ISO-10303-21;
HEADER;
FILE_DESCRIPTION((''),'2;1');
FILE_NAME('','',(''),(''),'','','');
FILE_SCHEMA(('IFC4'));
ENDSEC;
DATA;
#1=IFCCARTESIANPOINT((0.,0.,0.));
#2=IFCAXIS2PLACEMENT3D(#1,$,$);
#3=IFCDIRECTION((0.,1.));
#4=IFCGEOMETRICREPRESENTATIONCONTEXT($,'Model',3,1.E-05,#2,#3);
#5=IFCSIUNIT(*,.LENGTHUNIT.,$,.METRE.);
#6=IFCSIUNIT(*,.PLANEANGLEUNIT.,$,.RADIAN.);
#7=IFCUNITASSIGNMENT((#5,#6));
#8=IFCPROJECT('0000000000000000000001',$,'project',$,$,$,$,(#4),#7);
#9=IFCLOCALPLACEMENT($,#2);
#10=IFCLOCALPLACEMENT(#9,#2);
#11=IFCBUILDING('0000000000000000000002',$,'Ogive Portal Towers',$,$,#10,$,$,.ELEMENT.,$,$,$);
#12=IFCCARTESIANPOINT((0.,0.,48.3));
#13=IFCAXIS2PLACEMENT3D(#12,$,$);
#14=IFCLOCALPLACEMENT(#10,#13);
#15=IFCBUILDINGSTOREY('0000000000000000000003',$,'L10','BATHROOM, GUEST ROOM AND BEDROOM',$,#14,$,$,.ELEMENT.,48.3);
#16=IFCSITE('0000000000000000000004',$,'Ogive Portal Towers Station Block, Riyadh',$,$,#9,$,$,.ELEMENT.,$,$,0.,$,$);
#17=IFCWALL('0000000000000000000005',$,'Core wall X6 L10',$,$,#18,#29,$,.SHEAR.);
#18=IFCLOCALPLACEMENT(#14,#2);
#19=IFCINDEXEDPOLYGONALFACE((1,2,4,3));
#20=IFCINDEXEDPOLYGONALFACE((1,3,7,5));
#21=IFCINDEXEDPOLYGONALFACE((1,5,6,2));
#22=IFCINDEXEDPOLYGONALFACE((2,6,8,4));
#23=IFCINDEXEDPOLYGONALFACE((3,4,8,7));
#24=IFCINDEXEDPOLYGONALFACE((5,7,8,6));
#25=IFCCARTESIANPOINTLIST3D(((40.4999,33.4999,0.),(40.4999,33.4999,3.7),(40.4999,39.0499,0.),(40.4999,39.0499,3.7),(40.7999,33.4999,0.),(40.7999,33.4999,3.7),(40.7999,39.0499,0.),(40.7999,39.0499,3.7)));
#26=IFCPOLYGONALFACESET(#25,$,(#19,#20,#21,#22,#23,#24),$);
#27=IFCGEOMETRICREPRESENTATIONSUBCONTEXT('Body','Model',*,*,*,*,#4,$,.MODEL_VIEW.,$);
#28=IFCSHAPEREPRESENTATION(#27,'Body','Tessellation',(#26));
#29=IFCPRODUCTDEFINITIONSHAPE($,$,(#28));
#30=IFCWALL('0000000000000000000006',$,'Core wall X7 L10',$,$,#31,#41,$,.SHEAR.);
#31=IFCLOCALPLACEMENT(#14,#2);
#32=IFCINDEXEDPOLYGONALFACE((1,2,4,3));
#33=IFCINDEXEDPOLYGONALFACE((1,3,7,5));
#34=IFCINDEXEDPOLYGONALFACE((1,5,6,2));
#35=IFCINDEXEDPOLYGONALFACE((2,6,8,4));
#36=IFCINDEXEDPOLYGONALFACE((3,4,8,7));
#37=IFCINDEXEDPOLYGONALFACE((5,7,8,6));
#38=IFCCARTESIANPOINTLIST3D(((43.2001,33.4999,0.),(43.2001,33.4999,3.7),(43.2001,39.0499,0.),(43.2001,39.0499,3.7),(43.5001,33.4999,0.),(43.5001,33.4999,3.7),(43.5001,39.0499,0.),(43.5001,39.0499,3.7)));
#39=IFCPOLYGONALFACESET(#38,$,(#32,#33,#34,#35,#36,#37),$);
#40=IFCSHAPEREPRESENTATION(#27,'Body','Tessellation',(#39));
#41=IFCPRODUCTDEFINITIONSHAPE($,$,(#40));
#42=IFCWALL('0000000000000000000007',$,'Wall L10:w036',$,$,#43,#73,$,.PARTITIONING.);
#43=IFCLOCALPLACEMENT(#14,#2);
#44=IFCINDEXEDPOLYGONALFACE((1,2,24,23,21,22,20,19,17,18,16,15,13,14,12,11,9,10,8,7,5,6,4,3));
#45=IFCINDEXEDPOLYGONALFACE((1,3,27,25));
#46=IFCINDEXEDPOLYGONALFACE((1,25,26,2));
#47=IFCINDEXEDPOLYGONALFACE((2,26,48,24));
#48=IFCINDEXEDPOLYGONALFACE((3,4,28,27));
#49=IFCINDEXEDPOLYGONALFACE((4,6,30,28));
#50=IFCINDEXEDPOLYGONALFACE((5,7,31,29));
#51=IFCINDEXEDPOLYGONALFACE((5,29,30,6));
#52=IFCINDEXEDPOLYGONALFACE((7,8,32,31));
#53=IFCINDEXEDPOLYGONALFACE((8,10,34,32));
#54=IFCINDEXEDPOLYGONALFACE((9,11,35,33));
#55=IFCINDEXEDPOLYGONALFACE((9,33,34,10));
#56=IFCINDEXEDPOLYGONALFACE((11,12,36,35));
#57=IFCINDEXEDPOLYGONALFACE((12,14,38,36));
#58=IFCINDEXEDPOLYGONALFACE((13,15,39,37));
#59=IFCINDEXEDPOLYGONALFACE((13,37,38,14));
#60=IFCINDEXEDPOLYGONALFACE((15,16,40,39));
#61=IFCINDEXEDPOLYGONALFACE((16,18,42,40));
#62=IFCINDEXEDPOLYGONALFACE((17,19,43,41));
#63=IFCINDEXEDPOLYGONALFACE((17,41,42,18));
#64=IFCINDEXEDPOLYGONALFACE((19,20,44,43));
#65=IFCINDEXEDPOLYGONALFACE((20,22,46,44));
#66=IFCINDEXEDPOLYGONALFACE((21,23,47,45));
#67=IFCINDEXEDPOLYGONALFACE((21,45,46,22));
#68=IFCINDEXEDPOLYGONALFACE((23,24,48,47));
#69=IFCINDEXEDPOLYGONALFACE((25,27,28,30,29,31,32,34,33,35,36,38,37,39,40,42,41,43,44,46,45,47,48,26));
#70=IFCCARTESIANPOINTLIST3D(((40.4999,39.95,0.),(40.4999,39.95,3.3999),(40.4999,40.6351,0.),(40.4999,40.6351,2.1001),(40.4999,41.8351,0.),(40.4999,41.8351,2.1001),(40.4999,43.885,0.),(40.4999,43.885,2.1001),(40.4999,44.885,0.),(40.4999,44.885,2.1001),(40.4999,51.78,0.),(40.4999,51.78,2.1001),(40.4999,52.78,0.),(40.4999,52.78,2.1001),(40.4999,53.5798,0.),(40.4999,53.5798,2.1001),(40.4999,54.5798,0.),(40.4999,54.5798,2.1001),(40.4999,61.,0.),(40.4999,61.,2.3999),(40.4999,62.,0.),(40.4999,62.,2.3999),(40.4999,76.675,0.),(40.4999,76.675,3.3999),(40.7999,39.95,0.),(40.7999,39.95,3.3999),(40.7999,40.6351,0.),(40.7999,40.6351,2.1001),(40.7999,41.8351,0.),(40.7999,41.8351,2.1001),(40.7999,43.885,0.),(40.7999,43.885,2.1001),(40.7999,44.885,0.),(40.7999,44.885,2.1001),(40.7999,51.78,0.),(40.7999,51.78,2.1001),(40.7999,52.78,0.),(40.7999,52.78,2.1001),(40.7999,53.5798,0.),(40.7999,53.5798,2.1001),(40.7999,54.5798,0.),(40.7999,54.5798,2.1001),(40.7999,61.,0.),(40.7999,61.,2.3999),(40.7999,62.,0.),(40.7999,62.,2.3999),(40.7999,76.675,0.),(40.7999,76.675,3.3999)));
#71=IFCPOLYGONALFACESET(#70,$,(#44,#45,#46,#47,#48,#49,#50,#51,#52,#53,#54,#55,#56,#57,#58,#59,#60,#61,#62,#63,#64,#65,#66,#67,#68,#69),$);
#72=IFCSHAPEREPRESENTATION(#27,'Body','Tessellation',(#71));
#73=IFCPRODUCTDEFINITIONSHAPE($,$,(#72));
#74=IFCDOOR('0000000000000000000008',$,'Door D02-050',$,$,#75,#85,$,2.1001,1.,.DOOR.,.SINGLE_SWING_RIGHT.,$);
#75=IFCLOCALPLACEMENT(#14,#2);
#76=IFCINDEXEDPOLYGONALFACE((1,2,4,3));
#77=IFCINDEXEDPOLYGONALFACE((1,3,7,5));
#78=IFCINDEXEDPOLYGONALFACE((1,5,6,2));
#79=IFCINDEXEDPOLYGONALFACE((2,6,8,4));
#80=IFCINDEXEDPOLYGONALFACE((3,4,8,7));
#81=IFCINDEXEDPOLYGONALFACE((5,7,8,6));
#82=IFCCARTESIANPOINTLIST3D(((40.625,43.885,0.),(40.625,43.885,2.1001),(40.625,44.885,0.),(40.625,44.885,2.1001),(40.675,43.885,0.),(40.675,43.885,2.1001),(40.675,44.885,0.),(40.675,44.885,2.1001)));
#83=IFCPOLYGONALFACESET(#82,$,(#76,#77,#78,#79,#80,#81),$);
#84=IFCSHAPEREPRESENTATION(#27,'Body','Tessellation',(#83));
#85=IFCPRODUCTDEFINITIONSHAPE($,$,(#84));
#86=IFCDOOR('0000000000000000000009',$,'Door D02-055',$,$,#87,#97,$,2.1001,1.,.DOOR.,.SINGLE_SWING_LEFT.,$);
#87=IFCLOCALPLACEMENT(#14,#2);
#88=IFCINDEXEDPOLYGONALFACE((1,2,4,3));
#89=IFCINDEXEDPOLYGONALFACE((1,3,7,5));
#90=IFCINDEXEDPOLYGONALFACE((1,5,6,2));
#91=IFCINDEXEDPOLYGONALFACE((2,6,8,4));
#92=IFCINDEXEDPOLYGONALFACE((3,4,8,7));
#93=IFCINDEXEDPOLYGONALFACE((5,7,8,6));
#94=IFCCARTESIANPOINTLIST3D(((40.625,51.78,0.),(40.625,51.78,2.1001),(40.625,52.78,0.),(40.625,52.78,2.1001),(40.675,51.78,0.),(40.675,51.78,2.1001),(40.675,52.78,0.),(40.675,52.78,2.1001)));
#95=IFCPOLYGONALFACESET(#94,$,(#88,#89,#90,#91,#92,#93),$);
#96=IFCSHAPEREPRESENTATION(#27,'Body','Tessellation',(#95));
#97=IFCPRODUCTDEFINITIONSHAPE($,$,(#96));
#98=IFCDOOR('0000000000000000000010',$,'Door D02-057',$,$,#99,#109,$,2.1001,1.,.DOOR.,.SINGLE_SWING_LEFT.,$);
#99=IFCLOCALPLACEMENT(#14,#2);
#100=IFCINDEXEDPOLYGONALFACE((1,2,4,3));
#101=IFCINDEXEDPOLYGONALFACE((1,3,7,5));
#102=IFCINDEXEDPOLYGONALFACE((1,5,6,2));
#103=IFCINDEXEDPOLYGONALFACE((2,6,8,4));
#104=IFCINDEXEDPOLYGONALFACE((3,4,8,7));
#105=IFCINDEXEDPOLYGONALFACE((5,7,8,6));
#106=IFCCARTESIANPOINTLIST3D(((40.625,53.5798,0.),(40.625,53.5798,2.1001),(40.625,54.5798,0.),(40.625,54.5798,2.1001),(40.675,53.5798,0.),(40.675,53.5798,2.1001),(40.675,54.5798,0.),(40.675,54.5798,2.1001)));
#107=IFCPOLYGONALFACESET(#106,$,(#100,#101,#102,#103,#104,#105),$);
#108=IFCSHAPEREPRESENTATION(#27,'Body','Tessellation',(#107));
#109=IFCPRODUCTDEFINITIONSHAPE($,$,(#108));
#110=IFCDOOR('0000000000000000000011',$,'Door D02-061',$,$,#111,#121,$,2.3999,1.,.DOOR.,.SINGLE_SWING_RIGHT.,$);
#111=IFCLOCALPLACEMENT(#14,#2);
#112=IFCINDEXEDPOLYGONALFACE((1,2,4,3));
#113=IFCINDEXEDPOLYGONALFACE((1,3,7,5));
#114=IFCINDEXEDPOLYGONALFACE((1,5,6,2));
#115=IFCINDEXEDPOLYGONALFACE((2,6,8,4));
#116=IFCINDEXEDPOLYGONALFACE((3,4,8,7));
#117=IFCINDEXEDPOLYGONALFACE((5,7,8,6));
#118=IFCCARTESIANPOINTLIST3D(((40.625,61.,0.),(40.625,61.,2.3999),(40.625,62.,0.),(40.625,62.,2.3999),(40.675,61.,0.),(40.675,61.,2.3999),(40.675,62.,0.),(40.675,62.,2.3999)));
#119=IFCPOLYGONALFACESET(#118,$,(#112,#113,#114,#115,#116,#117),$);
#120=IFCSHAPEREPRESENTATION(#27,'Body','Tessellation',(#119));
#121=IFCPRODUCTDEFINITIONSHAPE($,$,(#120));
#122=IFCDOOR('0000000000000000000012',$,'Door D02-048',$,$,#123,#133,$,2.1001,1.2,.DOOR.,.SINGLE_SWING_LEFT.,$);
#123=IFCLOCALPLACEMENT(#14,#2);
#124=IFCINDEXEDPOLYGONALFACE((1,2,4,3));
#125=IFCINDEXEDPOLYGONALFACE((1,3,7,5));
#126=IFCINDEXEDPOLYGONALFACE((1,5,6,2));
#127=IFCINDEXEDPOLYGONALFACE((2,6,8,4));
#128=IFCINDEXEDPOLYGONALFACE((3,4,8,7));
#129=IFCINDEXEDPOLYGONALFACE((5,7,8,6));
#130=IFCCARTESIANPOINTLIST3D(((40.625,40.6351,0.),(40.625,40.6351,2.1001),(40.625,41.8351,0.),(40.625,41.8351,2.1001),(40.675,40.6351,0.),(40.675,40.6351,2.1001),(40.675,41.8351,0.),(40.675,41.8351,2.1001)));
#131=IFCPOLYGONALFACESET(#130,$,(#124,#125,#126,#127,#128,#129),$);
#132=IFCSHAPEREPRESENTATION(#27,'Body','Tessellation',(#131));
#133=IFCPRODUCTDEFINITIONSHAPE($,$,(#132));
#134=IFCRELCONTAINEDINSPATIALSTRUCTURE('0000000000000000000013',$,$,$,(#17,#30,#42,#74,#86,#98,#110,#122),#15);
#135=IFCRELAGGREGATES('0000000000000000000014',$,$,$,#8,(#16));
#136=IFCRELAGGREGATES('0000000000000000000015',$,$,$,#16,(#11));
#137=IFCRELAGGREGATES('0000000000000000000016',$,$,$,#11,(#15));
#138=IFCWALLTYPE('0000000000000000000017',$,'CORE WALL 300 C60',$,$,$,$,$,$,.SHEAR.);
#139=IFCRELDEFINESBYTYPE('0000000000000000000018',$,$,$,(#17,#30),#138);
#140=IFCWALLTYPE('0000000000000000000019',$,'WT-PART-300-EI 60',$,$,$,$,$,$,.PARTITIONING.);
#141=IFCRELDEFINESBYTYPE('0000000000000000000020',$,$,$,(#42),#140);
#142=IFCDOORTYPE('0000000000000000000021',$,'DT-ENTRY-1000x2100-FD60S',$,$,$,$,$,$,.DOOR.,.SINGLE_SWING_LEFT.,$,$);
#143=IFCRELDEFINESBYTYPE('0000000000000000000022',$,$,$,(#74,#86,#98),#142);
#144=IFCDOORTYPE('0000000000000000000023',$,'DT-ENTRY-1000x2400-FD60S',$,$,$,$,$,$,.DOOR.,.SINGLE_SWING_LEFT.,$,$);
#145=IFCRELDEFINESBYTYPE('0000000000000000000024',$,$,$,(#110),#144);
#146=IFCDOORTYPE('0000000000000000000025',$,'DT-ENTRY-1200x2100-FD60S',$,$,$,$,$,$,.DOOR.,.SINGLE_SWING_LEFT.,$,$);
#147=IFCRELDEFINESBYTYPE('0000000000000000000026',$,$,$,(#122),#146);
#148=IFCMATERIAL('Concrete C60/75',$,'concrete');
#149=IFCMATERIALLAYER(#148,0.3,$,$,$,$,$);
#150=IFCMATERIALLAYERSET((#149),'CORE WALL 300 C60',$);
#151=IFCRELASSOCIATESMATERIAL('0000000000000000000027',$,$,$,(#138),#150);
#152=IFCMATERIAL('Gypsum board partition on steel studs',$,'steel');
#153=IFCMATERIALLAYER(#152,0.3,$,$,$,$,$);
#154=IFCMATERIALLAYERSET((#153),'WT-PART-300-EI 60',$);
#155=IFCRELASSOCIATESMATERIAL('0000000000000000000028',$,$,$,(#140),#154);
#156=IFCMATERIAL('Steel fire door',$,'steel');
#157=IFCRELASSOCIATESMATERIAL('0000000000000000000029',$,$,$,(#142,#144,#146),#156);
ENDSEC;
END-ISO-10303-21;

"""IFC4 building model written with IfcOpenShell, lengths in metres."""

from ifc_helpers import new_model, si_unit, direction, frame, frame_2d, origin, place, context, subcontext, project, spatial, rectangle, extrude, material, layer, layer_set, type_object, element, fill, save


model = new_model("IFC4")

# Units and contexts
model_context = context("Model", 3, precision=1e-05, world=origin(), true_north=direction((0.0, 1.0)))
body_context = subcontext(model_context, "Body", "Model", "MODEL_VIEW")
ifc_project = project(units=[si_unit("LENGTHUNIT", "METRE"), si_unit("PLANEANGLEUNIT", "RADIAN")], contexts=[model_context])

# Site, building, storey
site_placement = place(None, origin())
site = spatial("IfcSite", under=ifc_project, at=site_placement, Name="Ogive Portal Towers Station Block, Riyadh", CompositionType="ELEMENT", RefElevation=0.0)
building_placement = place(site_placement, origin())
building = spatial("IfcBuilding", under=site, at=building_placement, Name="Ogive Portal Towers", CompositionType="ELEMENT")
storey_placement = place(building_placement, frame((0.0, 0.0, 48.3)))
storey = spatial("IfcBuildingStorey", under=building, at=storey_placement, Name="L10", Description="BATHROOM, GUEST ROOM AND BEDROOM", CompositionType="ELEMENT", Elevation=48.3)

# Walls
ifc_material_1 = material(Name="Concrete C60/75", Category="concrete")
ifc_layer_1 = layer(ifc_material_1, 0.3)
ifc_layer_set_1 = layer_set([ifc_layer_1], Name="CORE WALL 300 C60")
wall_type_1 = type_object("IfcWallType", Name="CORE WALL 300 C60", PredefinedType="SHEAR", material=ifc_layer_set_1)
for number, where, z_axis, x_axis, name in (
    (1, (40.6499, 33.5, 0.0), (0.0, 0.0, 1.0), (0.0, 1.0, 0.0), "Core wall X6 L10"),
    (2, (43.3501, 33.5, 0.0), (0.0, 0.0, 1.0), (0.0, 1.0, 0.0), "Core wall X7 L10"),
):
    element("IfcWall", number, at=place(storey_placement, frame(where, z_axis=z_axis, x_axis=x_axis)), inside=storey, type_object=wall_type_1, Name=name, PredefinedType="SHEAR", context=body_context, shape_type="SweptSolid", body=[
        extrude(rectangle(XDim=5.55, YDim=0.3, at=frame_2d((2.7749, 0.0))), origin(), (0.0, 0.0, 1.0), 3.7),
    ])

# Wall, openings, doors
ifc_material_2 = material(Name="Gypsum board partition on steel studs", Category="steel")
ifc_layer_2 = layer(ifc_material_2, 0.3)
ifc_layer_set_2 = layer_set([ifc_layer_2], Name="WT-PART-300-EI 60")
wall_type_2 = type_object("IfcWallType", Name="WT-PART-300-EI 60", PredefinedType="PARTITIONING", material=ifc_layer_set_2)
wall_1_placement = place(storey_placement, frame((40.6499, 39.95, 0.0), z_axis=(0.0, 0.0, 1.0), x_axis=(0.0, 1.0, 0.0)))
wall_1 = element("IfcWall", 3, at=wall_1_placement, inside=storey, type_object=wall_type_2, Name="Wall L10:w036", PredefinedType="PARTITIONING", context=body_context, shape_type="SweptSolid", body=[
    extrude(rectangle(XDim=36.7251, YDim=0.3, at=frame_2d((18.3625, 0.0))), origin(), (0.0, 0.0, 1.0), 3.3999),
])
opening_1_placement = place(wall_1_placement, frame((0.6851, 0.0, 0.0)))
opening_1 = element("IfcOpeningElement", 4, at=opening_1_placement, cuts=wall_1, PredefinedType="OPENING", context=body_context, shape_type="SweptSolid", body=[
    extrude(rectangle(XDim=1.2, YDim=2.1001, at=frame_2d((0.6001, 1.05))), frame((0.0, 0.1602, 0.0), z_axis=(0.0, -1.0, 0.0), x_axis=(1.0, 0.0, 0.0)), (0.0, 0.0, 1.0), 0.3201),
])
opening_2_placement = place(wall_1_placement, frame((3.9351, 0.0, 0.0)))
opening_2 = element("IfcOpeningElement", 5, at=opening_2_placement, cuts=wall_1, PredefinedType="OPENING", context=body_context, shape_type="SweptSolid", body=[
    extrude(rectangle(XDim=1.0, YDim=2.1001, at=frame_2d((0.5, 1.05))), frame((0.0, 0.1602, 0.0), z_axis=(0.0, -1.0, 0.0), x_axis=(1.0, 0.0, 0.0)), (0.0, 0.0, 1.0), 0.3201),
])
opening_3_placement = place(wall_1_placement, frame((11.8301, 0.0, 0.0)))
opening_3 = element("IfcOpeningElement", 6, at=opening_3_placement, cuts=wall_1, PredefinedType="OPENING", context=body_context, shape_type="SweptSolid", body=[
    extrude(rectangle(XDim=1.0, YDim=2.1001, at=frame_2d((0.5, 1.05))), frame((0.0, 0.1602, 0.0), z_axis=(0.0, -1.0, 0.0), x_axis=(1.0, 0.0, 0.0)), (0.0, 0.0, 1.0), 0.3201),
])
opening_4_placement = place(wall_1_placement, frame((13.6299, 0.0, 0.0)))
opening_4 = element("IfcOpeningElement", 7, at=opening_4_placement, cuts=wall_1, PredefinedType="OPENING", context=body_context, shape_type="SweptSolid", body=[
    extrude(rectangle(XDim=1.0, YDim=2.1001, at=frame_2d((0.5, 1.05))), frame((0.0, 0.1602, 0.0), z_axis=(0.0, -1.0, 0.0), x_axis=(1.0, 0.0, 0.0)), (0.0, 0.0, 1.0), 0.3201),
])
opening_5_placement = place(wall_1_placement, frame((21.05, 0.0, 0.0)))
opening_5 = element("IfcOpeningElement", 8, at=opening_5_placement, cuts=wall_1, PredefinedType="OPENING", context=body_context, shape_type="SweptSolid", body=[
    extrude(rectangle(XDim=1.0, YDim=2.3999, at=frame_2d((0.5, 1.2))), frame((0.0, 0.1602, 0.0), z_axis=(0.0, -1.0, 0.0), x_axis=(1.0, 0.0, 0.0)), (0.0, 0.0, 1.0), 0.3201),
])
ifc_material_3 = material(Name="Steel fire door", Category="steel")
door_type_1 = type_object("IfcDoorType", Name="DT-ENTRY-1000x2100-FD60S", OperationType="SINGLE_SWING_LEFT", PredefinedType="DOOR", material=ifc_material_3)
door_1_placement = place(opening_2_placement, origin())
door_1 = element("IfcDoor", 9, at=door_1_placement, inside=storey, type_object=door_type_1, Name="Door D02-050", OperationType="SINGLE_SWING_RIGHT", OverallHeight=2.1001, OverallWidth=1.0, PredefinedType="DOOR", context=body_context, shape_type="SweptSolid", body=[
    extrude(rectangle(XDim=1.0, YDim=2.1001, at=frame_2d((0.5, 1.05))), frame((0.0, 0.0249, 0.0), z_axis=(0.0, -1.0, 0.0), x_axis=(1.0, 0.0, 0.0)), (0.0, 0.0, 1.0), 0.05),
])
fill(opening_2, door_1)
door_2_placement = place(opening_3_placement, origin())
door_2 = element("IfcDoor", 10, at=door_2_placement, inside=storey, type_object=door_type_1, Name="Door D02-055", OperationType="SINGLE_SWING_LEFT", OverallHeight=2.1001, OverallWidth=1.0, PredefinedType="DOOR", context=body_context, shape_type="SweptSolid", body=[
    extrude(rectangle(XDim=1.0, YDim=2.1001, at=frame_2d((0.5, 1.05))), frame((0.0, 0.0249, 0.0), z_axis=(0.0, -1.0, 0.0), x_axis=(1.0, 0.0, 0.0)), (0.0, 0.0, 1.0), 0.05),
])
fill(opening_3, door_2)
door_3_placement = place(opening_4_placement, origin())
door_3 = element("IfcDoor", 11, at=door_3_placement, inside=storey, type_object=door_type_1, Name="Door D02-057", OperationType="SINGLE_SWING_LEFT", OverallHeight=2.1001, OverallWidth=1.0, PredefinedType="DOOR", context=body_context, shape_type="SweptSolid", body=[
    extrude(rectangle(XDim=1.0, YDim=2.1001, at=frame_2d((0.5, 1.05))), frame((0.0, 0.0249, 0.0), z_axis=(0.0, -1.0, 0.0), x_axis=(1.0, 0.0, 0.0)), (0.0, 0.0, 1.0), 0.05),
])
fill(opening_4, door_3)
door_type_2 = type_object("IfcDoorType", Name="DT-ENTRY-1000x2400-FD60S", OperationType="SINGLE_SWING_LEFT", PredefinedType="DOOR", material=ifc_material_3)
door_4_placement = place(opening_5_placement, origin())
door_4 = element("IfcDoor", 12, at=door_4_placement, inside=storey, type_object=door_type_2, Name="Door D02-061", OperationType="SINGLE_SWING_RIGHT", OverallHeight=2.3999, OverallWidth=1.0, PredefinedType="DOOR", context=body_context, shape_type="SweptSolid", body=[
    extrude(rectangle(XDim=1.0, YDim=2.3999, at=frame_2d((0.5, 1.2))), frame((0.0, 0.0249, 0.0), z_axis=(0.0, -1.0, 0.0), x_axis=(1.0, 0.0, 0.0)), (0.0, 0.0, 1.0), 0.05),
])
fill(opening_5, door_4)
door_type_3 = type_object("IfcDoorType", Name="DT-ENTRY-1200x2100-FD60S", OperationType="SINGLE_SWING_LEFT", PredefinedType="DOOR", material=ifc_material_3)
door_5_placement = place(opening_1_placement, origin())
door_5 = element("IfcDoor", 13, at=door_5_placement, inside=storey, type_object=door_type_3, Name="Door D02-048", OperationType="SINGLE_SWING_LEFT", OverallHeight=2.1001, OverallWidth=1.2, PredefinedType="DOOR", context=body_context, shape_type="SweptSolid", body=[
    extrude(rectangle(XDim=1.2, YDim=2.1001, at=frame_2d((0.6001, 1.05))), frame((0.0, 0.0249, 0.0), z_axis=(0.0, -1.0, 0.0), x_axis=(1.0, 0.0, 0.0)), (0.0, 0.0, 1.0), 0.05),
])
fill(opening_1, door_5)

save(model, "model.ifc")
